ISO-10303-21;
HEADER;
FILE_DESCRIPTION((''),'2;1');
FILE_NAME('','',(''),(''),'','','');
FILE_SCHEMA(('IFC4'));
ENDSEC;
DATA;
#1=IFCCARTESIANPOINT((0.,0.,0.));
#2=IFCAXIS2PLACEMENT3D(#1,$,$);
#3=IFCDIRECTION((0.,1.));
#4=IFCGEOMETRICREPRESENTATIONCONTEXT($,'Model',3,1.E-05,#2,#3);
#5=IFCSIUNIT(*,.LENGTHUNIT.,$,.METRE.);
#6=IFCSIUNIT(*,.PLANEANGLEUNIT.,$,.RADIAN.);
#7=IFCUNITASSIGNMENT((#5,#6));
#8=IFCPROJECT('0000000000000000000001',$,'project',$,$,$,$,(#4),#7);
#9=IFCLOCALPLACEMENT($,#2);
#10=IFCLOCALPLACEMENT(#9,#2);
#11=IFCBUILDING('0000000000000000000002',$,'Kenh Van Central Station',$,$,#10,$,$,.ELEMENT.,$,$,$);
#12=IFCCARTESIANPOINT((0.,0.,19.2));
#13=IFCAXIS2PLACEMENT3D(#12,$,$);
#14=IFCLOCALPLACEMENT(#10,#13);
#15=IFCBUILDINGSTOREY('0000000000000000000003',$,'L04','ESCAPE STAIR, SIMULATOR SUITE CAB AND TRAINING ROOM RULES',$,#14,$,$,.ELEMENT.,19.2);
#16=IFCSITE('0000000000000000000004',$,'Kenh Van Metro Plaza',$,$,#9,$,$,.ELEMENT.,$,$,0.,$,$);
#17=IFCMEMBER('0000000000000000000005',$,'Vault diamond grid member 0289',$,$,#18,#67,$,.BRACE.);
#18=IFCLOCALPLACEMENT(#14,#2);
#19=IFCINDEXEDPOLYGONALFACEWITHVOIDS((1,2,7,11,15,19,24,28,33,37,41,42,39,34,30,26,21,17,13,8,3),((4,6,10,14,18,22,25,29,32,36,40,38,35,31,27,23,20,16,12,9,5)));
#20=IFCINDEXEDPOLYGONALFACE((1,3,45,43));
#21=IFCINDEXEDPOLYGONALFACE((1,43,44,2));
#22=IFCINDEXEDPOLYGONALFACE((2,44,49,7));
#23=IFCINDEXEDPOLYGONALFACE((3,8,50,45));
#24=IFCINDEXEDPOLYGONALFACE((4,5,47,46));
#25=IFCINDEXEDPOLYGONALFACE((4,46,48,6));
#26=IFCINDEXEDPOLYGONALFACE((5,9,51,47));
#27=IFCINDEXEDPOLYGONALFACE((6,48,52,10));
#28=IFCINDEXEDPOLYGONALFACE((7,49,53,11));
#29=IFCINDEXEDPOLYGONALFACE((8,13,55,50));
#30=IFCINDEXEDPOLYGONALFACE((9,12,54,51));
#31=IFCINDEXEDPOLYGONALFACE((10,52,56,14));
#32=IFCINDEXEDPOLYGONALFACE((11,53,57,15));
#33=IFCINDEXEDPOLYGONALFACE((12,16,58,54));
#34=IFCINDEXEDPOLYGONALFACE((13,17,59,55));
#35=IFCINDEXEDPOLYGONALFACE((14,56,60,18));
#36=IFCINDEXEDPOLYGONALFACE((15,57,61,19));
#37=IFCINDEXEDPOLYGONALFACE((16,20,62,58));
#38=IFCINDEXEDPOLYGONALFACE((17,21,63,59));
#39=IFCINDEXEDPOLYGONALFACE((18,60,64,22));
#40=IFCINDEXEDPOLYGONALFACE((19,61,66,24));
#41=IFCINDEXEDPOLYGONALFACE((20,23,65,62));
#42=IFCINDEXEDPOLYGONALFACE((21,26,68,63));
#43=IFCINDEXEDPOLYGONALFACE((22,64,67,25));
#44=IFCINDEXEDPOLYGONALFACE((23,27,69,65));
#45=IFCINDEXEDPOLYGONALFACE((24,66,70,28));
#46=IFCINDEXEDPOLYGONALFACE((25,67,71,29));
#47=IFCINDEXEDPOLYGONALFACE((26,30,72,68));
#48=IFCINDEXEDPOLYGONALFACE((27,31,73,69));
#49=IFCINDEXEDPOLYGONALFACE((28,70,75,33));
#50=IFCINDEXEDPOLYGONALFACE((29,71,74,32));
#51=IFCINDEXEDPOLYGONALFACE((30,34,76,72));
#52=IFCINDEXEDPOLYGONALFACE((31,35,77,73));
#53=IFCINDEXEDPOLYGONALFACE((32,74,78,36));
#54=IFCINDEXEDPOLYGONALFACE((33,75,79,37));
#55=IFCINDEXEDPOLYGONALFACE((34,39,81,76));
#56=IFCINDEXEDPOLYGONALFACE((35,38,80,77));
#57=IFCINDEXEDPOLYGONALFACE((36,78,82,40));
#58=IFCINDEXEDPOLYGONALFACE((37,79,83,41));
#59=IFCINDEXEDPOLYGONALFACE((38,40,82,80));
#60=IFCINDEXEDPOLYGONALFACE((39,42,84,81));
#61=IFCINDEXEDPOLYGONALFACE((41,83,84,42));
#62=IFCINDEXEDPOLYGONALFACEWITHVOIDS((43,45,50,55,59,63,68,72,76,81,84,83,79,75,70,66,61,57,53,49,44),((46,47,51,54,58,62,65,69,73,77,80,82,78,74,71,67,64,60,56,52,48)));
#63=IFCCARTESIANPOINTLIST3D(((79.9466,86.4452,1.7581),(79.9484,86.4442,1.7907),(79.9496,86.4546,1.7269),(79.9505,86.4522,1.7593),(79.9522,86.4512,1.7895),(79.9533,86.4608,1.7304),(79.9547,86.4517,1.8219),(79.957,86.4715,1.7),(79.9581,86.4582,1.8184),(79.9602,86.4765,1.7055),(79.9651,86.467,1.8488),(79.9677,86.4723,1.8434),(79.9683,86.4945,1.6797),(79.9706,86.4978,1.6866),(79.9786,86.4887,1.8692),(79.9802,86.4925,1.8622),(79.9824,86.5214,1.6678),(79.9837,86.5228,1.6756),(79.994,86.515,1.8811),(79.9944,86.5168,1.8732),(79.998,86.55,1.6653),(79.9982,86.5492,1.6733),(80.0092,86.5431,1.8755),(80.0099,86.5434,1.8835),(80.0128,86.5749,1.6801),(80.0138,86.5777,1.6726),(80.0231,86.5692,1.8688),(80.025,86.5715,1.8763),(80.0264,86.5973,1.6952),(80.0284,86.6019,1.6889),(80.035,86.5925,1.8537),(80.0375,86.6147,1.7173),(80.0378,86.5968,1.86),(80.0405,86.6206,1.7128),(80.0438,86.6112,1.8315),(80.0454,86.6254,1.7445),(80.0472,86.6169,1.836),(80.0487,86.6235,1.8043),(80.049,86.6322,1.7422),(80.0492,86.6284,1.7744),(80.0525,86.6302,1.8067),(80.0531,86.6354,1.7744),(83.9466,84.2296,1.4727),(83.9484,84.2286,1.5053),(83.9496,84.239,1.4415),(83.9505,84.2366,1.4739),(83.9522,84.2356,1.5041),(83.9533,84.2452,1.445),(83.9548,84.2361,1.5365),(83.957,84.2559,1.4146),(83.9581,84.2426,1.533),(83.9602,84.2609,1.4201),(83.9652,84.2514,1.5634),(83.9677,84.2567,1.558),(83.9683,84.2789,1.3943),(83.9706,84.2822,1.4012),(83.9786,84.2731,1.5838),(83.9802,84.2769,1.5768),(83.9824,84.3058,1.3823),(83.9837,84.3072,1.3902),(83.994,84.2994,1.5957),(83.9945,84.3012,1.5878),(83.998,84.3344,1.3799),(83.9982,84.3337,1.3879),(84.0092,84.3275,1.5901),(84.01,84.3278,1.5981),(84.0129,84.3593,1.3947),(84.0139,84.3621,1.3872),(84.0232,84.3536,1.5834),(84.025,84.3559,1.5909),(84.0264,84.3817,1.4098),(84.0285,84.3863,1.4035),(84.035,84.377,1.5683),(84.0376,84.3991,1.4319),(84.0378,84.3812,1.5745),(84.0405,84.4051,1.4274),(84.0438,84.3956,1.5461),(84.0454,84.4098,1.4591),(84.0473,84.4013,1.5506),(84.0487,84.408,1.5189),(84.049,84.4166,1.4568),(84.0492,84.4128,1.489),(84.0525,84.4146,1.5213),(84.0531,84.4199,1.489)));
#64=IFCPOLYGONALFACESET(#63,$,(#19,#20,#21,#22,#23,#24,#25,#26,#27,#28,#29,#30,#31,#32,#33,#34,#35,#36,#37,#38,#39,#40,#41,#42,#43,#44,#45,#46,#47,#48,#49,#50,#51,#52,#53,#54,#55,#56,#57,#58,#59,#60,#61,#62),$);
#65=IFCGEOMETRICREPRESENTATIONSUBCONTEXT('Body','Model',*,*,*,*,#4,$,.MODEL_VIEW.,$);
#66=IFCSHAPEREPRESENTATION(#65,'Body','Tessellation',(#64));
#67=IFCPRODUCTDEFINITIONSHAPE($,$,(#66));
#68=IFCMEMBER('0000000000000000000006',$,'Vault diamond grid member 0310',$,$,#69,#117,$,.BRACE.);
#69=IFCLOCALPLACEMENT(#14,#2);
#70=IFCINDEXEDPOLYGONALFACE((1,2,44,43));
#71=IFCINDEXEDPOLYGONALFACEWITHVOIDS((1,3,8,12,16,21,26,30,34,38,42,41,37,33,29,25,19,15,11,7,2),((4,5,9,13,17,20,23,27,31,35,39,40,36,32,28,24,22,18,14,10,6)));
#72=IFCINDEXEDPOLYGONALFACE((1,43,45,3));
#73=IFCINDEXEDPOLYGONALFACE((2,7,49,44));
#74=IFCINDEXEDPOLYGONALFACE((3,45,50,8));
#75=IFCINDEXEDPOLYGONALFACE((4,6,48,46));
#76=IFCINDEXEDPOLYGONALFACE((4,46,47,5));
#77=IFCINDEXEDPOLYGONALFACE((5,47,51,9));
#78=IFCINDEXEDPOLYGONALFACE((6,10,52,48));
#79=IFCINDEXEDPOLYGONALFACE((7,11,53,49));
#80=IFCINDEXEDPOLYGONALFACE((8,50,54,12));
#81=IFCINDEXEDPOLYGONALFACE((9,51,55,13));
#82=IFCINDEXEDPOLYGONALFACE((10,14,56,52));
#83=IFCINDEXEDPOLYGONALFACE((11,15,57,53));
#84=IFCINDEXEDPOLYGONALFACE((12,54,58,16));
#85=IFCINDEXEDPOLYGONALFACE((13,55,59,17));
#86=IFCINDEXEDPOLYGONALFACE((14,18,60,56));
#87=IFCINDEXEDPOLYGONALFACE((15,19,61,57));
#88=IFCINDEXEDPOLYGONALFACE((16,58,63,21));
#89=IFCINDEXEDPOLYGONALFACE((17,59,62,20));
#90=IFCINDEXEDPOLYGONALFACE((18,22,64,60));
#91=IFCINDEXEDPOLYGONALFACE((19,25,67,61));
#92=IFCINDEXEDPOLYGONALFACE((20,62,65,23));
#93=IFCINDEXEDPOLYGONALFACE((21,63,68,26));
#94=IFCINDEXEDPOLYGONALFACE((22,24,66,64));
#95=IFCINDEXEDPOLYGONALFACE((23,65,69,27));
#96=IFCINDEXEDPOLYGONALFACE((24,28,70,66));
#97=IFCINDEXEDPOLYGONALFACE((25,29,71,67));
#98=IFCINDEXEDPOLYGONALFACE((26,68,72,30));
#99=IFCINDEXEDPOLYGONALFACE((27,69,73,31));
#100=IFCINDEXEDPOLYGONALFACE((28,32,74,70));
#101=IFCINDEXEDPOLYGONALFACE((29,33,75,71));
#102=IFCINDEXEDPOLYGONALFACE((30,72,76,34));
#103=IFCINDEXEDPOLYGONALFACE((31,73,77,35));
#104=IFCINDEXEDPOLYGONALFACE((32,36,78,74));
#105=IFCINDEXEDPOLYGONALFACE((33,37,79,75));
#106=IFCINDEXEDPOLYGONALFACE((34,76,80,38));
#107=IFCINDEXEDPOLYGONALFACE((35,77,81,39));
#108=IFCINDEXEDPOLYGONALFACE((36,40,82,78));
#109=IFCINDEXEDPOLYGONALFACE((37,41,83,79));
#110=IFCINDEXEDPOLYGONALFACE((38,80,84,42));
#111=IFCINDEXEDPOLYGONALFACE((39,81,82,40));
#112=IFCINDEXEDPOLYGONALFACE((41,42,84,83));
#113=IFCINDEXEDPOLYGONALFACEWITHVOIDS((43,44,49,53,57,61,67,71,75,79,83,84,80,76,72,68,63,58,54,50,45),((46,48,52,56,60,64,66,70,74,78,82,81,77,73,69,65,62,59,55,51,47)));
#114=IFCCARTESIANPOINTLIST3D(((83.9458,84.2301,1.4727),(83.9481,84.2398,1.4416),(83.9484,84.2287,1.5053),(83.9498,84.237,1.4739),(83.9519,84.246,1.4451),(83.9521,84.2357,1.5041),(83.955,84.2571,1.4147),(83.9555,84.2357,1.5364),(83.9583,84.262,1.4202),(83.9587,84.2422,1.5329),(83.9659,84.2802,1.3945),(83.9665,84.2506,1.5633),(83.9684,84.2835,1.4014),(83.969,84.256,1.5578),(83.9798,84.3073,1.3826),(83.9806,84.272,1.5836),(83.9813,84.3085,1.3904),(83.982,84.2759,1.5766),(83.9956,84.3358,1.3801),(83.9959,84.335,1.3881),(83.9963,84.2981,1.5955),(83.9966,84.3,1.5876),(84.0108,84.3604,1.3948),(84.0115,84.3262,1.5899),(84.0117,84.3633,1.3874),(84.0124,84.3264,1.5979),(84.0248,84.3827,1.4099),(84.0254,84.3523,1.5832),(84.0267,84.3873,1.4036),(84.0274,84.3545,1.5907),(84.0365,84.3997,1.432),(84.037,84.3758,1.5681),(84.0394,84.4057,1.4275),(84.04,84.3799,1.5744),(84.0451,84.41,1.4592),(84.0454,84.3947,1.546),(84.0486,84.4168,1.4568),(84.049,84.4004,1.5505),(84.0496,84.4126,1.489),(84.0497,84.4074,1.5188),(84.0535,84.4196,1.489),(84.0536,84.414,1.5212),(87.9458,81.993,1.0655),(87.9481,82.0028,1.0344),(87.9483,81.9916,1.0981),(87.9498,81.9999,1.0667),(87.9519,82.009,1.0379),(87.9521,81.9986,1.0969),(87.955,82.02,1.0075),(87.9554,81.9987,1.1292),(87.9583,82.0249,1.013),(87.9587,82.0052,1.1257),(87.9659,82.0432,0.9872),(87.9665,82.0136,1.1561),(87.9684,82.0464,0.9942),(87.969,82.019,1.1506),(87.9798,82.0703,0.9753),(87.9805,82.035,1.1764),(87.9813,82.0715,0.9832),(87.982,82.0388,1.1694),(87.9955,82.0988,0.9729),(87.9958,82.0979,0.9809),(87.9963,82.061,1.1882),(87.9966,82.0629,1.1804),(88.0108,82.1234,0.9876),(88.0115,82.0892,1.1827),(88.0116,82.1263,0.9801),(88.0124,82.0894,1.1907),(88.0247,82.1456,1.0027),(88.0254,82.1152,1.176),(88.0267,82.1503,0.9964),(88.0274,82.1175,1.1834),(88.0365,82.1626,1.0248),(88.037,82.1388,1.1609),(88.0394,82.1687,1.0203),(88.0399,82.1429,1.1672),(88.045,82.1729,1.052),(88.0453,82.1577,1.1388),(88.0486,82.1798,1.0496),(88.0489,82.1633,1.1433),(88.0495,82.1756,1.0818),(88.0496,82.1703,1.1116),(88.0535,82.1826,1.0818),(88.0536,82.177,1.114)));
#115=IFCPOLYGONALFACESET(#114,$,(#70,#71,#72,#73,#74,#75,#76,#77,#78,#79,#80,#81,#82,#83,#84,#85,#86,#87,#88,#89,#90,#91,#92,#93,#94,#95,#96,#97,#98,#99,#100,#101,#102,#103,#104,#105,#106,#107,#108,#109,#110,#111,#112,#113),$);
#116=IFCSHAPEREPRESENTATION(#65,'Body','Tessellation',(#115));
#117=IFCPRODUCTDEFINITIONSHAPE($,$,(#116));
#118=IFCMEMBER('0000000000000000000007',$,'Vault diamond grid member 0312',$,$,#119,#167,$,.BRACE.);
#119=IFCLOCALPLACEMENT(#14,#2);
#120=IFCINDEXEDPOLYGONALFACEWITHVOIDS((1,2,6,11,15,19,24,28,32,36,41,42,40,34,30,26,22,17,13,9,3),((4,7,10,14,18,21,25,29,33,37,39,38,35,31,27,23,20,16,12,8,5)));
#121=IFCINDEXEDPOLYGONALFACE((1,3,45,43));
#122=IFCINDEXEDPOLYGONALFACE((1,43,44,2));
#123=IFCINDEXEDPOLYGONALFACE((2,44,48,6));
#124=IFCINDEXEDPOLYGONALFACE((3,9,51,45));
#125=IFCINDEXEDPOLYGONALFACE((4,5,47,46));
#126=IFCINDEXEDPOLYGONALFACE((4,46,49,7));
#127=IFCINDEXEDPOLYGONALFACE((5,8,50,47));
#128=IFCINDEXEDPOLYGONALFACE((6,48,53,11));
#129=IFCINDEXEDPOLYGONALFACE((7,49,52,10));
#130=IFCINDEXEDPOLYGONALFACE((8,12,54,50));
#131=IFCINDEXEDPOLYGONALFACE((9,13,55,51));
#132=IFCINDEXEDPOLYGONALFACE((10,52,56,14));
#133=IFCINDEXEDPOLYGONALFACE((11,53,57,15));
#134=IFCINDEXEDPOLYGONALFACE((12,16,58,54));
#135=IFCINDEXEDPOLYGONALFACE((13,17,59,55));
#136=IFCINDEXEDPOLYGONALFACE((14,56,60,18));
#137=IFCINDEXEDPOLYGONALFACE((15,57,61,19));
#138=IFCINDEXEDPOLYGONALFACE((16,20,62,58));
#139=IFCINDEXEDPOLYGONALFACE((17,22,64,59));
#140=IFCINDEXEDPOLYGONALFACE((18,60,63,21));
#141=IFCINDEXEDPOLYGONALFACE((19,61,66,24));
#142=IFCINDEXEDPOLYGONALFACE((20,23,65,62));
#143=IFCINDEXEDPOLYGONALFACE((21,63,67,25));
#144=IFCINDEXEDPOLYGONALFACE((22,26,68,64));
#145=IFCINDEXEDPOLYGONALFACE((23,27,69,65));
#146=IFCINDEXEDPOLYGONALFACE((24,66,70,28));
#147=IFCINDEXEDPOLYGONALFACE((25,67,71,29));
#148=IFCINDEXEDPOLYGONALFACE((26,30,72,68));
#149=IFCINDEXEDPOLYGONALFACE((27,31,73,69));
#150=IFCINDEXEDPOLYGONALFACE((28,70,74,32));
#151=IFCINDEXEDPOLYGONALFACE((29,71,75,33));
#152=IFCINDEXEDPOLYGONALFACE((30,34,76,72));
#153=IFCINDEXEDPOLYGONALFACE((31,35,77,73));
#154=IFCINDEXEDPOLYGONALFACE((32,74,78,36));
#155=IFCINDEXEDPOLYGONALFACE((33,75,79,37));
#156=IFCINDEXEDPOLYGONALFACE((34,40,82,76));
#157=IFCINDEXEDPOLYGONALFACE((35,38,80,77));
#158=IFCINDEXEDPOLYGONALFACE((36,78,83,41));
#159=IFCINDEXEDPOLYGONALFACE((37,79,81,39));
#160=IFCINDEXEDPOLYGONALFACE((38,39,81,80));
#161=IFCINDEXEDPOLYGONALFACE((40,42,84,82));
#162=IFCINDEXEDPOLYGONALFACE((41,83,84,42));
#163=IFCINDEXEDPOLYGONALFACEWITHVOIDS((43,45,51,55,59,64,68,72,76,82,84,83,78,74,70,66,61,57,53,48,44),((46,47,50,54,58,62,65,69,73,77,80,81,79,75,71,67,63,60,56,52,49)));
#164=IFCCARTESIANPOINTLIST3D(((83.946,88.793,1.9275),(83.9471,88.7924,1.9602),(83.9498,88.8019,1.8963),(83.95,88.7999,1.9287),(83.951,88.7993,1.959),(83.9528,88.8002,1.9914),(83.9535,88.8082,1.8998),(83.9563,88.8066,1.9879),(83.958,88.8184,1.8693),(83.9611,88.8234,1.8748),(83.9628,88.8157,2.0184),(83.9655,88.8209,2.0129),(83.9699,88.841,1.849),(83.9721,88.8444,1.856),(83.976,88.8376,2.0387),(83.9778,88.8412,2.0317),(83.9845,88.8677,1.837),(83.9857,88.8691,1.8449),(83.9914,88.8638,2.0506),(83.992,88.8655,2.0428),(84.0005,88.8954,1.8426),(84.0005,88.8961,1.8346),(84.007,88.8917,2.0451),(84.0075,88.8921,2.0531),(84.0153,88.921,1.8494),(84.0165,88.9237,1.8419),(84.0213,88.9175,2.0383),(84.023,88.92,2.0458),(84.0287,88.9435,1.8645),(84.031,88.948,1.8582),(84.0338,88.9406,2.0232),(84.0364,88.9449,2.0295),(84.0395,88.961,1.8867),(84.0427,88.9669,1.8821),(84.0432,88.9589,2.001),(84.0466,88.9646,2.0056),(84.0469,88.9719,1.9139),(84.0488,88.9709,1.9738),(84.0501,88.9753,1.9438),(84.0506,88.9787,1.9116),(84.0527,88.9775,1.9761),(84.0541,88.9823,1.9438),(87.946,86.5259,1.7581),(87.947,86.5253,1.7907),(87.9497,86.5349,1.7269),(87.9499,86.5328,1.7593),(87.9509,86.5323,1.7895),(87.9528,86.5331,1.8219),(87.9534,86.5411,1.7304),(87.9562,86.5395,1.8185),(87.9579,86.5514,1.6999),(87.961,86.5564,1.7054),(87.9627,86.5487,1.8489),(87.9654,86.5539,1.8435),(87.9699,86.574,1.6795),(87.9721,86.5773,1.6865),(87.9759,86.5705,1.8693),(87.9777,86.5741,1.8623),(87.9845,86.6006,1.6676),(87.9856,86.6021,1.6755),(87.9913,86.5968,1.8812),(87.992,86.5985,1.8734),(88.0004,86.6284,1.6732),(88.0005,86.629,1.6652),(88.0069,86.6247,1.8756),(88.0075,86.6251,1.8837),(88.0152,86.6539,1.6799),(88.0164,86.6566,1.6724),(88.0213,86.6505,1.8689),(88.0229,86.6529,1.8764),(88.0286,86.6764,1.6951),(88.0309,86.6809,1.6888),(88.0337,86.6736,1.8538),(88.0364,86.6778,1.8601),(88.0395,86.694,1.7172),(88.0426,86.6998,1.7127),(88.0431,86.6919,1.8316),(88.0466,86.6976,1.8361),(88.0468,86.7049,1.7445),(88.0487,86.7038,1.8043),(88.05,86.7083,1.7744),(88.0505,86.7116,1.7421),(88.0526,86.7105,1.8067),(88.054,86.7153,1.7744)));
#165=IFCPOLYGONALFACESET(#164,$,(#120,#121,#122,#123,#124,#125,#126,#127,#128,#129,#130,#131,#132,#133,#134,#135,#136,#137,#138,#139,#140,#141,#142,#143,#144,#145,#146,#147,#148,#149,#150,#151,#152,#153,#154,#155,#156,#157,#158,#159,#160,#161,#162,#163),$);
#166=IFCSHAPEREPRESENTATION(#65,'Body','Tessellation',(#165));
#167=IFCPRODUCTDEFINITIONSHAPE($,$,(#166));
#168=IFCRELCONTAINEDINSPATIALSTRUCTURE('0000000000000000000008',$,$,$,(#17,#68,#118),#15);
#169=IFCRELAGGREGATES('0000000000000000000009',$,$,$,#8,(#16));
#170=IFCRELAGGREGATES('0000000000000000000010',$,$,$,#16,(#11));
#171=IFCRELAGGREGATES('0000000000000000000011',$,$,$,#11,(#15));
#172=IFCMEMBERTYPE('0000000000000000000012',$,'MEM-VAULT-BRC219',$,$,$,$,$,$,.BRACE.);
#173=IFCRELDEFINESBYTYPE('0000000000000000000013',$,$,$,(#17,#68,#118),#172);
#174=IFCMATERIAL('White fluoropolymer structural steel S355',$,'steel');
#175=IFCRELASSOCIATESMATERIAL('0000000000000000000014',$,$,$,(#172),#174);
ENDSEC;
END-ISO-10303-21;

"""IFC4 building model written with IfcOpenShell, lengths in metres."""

from ifc_helpers import new_model, si_unit, direction, frame, origin, origin_2d, place, context, subcontext, project, spatial, hollow_circle, extrude, material, material_profile, profile_set, type_object, element, save


model = new_model("IFC4")

# Units and contexts
model_context = context("Model", 3, precision=1e-05, world=origin(), true_north=direction((0.0, 1.0)))
body_context = subcontext(model_context, "Body", "Model", "MODEL_VIEW")
ifc_project = project(units=[si_unit("LENGTHUNIT", "METRE"), si_unit("PLANEANGLEUNIT", "RADIAN")], contexts=[model_context])

# Site, building, storey
site_placement = place(None, origin())
site = spatial("IfcSite", under=ifc_project, at=site_placement, Name="Kenh Van Metro Plaza", CompositionType="ELEMENT", RefElevation=0.0)
building_placement = place(site_placement, origin())
building = spatial("IfcBuilding", under=site, at=building_placement, Name="Kenh Van Central Station", CompositionType="ELEMENT")
storey_placement = place(building_placement, frame((0.0, 0.0, 19.2)))
storey = spatial("IfcBuildingStorey", under=building, at=storey_placement, Name="L04", Description="ESCAPE STAIR, SIMULATOR SUITE CAB AND TRAINING ROOM RULES", CompositionType="ELEMENT", Elevation=19.2)

# Shared definitions
ifc_material_1 = material(Name="White fluoropolymer structural steel S355", Category="steel")

# Members
ifc_material_profile_1 = material_profile(ifc_material_1, hollow_circle(Radius=0.1096, WallThickness=0.0081, at=origin_2d()), Name="CHS 219.1x8")
ifc_profile_set_1 = profile_set([ifc_material_profile_1], Name="White fluoropolymer structural steel S355")
member_type_1 = type_object("IfcMemberType", Name="MEM-VAULT-BRC219", PredefinedType="BRACE", material=ifc_profile_set_1)
member_1_placement = place(storey_placement, frame((80.0, 86.5396, 1.7744), z_axis=(0.873075, -0.483591, -0.062294), x_axis=(0.484532, 0.874774, 0.0)))
element("IfcMember", 1, at=member_1_placement, inside=storey, type_object=member_type_1, Name="Vault diamond grid member 0289", PredefinedType="BRACE", context=body_context, shape_type="SweptSolid", body=[
    extrude(hollow_circle(Radius=0.1096, WallThickness=0.0081, at=origin_2d()), origin(), (0.0, 0.0, 1.0), 4.5815),
])
member_2_placement = place(storey_placement, frame((84.0, 84.324, 1.489), z_axis=(0.869354, -0.486199, -0.088506), x_axis=(0.488115, 0.872779, 0.0)))
element("IfcMember", 2, at=member_2_placement, inside=storey, type_object=member_type_1, Name="Vault diamond grid member 0310", PredefinedType="BRACE", context=body_context, shape_type="SweptSolid", body=[
    extrude(hollow_circle(Radius=0.1096, WallThickness=0.0081, at=origin_2d()), origin(), (0.0, 0.0, 1.0), 4.6011),
])
member_3_placement = place(storey_placement, frame((84.0, 88.887, 1.9438), z_axis=(0.869393, -0.492748, -0.036826), x_axis=(0.493082, 0.869983, 0.0)))
element("IfcMember", 3, at=member_3_placement, inside=storey, type_object=member_type_1, Name="Vault diamond grid member 0312", PredefinedType="BRACE", context=body_context, shape_type="SweptSolid", body=[
    extrude(hollow_circle(Radius=0.1096, WallThickness=0.0081, at=origin_2d()), origin(), (0.0, 0.0, 1.0), 4.6008),
])

save(model, "model.ifc")
